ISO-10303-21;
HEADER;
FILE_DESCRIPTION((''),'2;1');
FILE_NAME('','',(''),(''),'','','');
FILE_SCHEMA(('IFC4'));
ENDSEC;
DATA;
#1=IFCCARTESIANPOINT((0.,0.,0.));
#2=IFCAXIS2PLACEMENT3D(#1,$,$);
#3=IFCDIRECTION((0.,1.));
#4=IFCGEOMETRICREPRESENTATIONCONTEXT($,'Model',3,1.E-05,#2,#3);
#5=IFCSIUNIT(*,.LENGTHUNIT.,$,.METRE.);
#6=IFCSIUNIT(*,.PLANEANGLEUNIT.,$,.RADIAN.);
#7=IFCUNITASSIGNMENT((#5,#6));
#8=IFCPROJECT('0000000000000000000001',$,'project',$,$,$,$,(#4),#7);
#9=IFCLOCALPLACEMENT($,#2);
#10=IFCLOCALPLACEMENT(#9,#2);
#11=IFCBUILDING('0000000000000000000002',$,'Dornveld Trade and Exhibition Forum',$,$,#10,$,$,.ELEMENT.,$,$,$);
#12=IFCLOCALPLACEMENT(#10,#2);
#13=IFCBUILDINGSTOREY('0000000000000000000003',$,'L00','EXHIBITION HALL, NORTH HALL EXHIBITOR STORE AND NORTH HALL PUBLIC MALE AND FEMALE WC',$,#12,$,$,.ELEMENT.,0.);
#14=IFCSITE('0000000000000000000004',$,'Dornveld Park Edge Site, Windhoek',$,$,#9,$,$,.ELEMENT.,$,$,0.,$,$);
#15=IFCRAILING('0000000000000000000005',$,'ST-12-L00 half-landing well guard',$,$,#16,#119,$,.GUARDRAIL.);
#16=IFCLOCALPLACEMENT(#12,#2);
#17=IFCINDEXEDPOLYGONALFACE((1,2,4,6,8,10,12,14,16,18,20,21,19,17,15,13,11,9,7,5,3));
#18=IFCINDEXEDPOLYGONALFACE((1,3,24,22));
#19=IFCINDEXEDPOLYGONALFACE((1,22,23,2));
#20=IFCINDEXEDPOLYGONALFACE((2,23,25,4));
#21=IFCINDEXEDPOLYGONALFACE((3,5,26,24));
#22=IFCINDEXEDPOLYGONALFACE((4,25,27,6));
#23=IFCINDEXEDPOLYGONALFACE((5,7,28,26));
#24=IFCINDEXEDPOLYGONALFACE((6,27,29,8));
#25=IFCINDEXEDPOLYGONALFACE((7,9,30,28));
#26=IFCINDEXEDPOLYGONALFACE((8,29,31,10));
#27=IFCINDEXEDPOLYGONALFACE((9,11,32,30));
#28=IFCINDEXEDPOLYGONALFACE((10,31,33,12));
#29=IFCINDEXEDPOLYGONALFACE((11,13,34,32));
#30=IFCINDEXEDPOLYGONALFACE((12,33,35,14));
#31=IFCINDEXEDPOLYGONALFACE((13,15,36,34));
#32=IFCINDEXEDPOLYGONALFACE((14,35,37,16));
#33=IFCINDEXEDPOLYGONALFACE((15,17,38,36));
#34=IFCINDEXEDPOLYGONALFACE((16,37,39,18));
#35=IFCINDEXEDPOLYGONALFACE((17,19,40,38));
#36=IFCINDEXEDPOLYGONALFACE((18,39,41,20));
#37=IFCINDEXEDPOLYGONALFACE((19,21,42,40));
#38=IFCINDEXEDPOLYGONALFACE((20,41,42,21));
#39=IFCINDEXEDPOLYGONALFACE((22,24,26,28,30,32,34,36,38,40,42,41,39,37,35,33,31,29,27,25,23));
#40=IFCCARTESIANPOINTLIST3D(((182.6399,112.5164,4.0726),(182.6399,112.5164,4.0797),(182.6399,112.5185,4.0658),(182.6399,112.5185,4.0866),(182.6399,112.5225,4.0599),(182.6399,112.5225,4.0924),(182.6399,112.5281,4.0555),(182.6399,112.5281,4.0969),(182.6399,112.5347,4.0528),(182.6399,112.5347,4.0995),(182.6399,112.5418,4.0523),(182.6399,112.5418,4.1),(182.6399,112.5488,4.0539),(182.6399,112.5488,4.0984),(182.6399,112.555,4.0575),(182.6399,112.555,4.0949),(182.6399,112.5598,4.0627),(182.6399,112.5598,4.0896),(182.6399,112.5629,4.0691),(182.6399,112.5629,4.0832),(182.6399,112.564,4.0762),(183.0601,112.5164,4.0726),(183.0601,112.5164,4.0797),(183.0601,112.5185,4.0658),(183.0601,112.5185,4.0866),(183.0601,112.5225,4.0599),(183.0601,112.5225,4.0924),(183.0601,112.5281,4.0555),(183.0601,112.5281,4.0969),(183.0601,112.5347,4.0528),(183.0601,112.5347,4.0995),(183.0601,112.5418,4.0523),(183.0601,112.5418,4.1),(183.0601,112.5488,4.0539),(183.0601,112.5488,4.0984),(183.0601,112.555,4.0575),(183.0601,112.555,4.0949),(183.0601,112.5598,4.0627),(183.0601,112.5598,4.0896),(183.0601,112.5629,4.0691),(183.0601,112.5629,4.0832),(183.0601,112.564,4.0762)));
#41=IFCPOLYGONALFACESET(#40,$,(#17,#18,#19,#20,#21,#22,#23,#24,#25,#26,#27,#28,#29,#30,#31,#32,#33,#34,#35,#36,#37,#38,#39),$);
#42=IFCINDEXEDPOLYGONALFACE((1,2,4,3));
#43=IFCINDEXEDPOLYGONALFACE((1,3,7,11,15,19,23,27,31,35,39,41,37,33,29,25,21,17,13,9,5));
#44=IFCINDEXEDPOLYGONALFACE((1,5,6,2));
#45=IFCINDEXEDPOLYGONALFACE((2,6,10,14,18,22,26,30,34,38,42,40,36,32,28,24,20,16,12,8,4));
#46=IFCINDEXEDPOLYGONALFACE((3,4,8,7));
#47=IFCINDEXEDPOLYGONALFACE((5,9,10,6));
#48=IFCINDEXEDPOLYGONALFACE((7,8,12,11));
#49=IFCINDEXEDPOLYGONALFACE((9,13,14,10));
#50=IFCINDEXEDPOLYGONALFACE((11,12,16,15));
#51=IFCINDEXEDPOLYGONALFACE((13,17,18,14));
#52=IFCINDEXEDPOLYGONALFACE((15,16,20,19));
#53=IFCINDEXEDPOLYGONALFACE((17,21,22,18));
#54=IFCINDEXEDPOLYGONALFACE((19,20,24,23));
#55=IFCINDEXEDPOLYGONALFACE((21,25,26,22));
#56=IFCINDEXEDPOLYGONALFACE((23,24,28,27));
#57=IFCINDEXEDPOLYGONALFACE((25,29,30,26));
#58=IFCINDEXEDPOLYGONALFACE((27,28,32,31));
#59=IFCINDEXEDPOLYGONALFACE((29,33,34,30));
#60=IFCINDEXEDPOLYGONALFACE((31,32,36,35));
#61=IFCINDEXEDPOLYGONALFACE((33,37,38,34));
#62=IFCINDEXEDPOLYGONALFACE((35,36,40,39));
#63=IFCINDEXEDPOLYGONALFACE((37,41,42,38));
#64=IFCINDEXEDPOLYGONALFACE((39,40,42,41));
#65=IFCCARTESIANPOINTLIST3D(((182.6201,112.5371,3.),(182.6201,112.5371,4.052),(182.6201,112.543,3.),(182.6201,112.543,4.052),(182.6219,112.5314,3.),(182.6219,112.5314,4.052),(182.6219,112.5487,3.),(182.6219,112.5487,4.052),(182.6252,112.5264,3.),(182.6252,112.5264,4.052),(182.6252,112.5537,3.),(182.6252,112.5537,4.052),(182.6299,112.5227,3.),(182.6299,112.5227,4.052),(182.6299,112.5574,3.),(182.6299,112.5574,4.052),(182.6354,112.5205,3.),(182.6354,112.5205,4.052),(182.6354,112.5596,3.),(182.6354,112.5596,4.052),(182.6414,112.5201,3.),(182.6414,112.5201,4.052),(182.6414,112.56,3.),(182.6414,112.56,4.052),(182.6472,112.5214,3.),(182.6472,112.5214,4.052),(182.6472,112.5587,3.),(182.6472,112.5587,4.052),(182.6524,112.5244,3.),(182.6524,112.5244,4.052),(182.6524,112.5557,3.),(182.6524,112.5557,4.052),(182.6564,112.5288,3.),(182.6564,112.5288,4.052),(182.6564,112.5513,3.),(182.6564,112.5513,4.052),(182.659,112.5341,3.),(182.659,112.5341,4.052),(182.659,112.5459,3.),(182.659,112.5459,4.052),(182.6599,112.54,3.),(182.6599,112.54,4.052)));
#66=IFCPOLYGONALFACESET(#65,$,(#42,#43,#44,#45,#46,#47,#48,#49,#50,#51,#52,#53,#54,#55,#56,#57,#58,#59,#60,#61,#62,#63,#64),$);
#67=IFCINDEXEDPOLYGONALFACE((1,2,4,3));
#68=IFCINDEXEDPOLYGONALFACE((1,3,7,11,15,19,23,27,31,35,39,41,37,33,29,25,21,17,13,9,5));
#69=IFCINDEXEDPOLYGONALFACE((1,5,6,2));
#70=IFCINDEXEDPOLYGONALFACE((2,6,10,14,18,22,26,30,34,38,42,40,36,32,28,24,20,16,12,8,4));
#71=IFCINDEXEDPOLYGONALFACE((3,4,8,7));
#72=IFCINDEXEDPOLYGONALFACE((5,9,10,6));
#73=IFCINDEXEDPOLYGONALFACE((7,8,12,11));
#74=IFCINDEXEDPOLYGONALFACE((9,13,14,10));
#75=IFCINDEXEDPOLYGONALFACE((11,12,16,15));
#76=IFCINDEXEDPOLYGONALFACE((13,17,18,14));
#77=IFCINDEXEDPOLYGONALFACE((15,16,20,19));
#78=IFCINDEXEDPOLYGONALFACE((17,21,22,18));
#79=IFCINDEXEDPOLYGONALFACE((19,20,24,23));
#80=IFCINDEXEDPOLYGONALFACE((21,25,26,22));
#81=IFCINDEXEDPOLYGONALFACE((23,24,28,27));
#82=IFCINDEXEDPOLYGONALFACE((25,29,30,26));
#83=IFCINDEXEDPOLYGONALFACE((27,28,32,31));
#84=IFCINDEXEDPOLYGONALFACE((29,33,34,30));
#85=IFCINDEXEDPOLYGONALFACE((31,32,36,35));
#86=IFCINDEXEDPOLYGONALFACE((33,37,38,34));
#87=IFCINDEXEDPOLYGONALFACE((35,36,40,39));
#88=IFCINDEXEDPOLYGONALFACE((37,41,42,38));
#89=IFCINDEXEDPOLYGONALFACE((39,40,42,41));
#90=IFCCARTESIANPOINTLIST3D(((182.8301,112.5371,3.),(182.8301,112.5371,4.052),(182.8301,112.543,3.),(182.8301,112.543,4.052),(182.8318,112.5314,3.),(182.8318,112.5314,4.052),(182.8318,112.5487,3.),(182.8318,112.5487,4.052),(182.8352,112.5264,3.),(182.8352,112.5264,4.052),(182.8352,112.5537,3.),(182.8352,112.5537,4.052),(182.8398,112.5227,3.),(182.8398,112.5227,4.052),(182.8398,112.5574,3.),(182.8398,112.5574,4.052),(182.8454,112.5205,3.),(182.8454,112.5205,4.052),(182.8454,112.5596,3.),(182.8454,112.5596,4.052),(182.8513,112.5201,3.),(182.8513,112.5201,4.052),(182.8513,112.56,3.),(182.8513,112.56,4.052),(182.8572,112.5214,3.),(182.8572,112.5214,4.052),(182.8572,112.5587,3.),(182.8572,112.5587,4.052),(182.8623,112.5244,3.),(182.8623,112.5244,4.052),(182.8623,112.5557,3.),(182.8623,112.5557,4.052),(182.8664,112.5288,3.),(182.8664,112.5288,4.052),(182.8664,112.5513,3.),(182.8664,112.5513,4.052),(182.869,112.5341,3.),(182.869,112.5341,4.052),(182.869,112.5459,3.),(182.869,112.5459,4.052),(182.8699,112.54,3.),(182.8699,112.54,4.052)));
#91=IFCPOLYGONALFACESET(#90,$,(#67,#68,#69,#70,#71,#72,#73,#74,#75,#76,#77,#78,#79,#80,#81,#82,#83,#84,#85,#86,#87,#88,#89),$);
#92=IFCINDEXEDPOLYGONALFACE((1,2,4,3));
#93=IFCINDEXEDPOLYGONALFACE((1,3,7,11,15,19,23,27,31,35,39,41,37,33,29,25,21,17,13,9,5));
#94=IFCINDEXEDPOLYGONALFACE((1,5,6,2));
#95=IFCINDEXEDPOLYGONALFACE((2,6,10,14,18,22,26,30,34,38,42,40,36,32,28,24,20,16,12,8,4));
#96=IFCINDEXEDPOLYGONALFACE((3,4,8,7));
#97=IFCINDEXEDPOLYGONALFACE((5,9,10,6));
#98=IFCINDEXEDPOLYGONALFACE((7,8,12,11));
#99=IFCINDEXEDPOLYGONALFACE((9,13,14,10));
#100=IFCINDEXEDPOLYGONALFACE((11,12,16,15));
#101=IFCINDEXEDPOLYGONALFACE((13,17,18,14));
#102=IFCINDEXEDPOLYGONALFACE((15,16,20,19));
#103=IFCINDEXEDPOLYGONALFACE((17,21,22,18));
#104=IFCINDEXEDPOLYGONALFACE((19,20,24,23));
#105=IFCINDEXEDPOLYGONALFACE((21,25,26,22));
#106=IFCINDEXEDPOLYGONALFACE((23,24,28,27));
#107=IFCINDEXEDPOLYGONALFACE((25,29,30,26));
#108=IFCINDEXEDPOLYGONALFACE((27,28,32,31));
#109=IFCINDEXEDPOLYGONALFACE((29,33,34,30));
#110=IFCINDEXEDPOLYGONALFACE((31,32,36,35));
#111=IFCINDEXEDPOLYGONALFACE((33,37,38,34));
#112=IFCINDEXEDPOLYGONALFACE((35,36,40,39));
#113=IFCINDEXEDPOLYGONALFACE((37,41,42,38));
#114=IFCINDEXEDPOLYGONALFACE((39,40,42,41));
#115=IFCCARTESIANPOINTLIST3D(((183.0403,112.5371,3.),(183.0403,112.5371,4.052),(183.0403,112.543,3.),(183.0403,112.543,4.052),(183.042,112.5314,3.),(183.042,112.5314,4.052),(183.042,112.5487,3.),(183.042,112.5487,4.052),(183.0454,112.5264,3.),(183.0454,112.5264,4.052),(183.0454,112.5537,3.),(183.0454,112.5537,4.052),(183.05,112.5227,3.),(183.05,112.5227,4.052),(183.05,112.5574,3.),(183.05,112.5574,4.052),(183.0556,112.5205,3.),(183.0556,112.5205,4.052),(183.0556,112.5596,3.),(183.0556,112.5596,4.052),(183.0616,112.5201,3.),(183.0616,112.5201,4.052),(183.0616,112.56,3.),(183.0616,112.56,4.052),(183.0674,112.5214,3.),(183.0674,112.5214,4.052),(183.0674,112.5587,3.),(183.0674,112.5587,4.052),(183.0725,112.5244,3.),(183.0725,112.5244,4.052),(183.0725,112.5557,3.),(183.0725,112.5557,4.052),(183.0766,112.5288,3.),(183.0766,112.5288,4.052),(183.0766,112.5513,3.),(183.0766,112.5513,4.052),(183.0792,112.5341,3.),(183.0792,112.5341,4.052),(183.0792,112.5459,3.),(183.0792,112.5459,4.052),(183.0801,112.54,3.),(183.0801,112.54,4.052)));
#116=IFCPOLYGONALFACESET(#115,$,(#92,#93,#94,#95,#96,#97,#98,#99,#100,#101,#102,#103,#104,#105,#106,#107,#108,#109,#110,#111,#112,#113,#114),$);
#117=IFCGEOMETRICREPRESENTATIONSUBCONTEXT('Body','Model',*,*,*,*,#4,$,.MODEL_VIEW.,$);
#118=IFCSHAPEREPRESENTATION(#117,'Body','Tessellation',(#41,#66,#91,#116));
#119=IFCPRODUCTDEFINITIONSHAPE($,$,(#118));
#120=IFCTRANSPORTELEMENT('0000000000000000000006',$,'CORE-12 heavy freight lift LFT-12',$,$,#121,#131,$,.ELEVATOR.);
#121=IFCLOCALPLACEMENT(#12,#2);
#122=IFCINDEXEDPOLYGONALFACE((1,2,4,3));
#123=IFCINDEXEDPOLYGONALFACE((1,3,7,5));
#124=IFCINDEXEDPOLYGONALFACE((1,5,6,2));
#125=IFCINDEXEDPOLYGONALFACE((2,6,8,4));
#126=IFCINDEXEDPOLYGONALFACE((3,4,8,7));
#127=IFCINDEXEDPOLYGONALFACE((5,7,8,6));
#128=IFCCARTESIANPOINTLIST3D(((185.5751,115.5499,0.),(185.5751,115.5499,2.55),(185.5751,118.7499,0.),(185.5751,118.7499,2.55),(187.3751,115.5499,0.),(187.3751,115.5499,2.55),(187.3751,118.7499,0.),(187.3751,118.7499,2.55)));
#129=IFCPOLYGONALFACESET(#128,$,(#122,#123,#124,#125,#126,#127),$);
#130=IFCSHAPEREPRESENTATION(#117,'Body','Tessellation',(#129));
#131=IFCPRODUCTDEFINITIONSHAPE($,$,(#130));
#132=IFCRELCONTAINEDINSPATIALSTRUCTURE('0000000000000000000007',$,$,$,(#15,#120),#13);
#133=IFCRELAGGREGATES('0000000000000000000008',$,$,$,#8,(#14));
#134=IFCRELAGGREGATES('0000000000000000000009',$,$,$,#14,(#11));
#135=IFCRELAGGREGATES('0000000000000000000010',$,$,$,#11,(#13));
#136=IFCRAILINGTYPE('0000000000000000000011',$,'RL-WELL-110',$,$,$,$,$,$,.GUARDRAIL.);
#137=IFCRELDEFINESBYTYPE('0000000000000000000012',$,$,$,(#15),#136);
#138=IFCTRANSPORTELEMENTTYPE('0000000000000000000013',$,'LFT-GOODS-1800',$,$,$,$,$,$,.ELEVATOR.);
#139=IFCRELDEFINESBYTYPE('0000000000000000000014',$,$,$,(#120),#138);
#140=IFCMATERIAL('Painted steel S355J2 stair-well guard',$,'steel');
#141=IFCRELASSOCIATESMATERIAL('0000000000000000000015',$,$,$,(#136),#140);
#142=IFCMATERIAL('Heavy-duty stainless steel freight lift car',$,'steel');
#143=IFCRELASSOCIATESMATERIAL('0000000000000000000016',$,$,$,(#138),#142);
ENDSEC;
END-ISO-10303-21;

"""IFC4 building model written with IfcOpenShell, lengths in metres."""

from ifc_helpers import new_model, si_unit, direction, frame, origin, origin_2d, place, context, subcontext, project, spatial, rectangle, circle, extrude, material, type_object, element, save


model = new_model("IFC4")

# Units and contexts
model_context = context("Model", 3, precision=1e-05, world=origin(), true_north=direction((0.0, 1.0)))
body_context = subcontext(model_context, "Body", "Model", "MODEL_VIEW")
ifc_project = project(units=[si_unit("LENGTHUNIT", "METRE"), si_unit("PLANEANGLEUNIT", "RADIAN")], contexts=[model_context])

# Site, building, storey
site_placement = place(None, origin())
site = spatial("IfcSite", under=ifc_project, at=site_placement, Name="Dornveld Park Edge Site, Windhoek", CompositionType="ELEMENT", RefElevation=0.0)
building_placement = place(site_placement, origin())
building = spatial("IfcBuilding", under=site, at=building_placement, Name="Dornveld Trade and Exhibition Forum", CompositionType="ELEMENT")
storey_placement = place(building_placement, origin())
storey = spatial("IfcBuildingStorey", under=building, at=storey_placement, Name="L00", Description="EXHIBITION HALL, NORTH HALL EXHIBITOR STORE AND NORTH HALL PUBLIC MALE AND FEMALE WC", CompositionType="ELEMENT", Elevation=0.0)

# Railing
ifc_material_1 = material(Name="Painted steel S355J2 stair-well guard", Category="steel")
railing_type_1 = type_object("IfcRailingType", Name="RL-WELL-110", PredefinedType="GUARDRAIL", material=ifc_material_1)
railing_1_placement = place(storey_placement, frame((182.6399, 112.54, 3.0)))
element("IfcRailing", 1, at=railing_1_placement, inside=storey, type_object=railing_type_1, Name="ST-12-L00 half-landing well guard", PredefinedType="GUARDRAIL", context=body_context, shape_type="SweptSolid", body=[
    extrude(circle(Radius=0.0239, at=origin_2d()), frame((0.0, 0.0, 1.0762), z_axis=(1.0, 0.0, 0.0), x_axis=(0.0, 1.0, 0.0)), (0.0, 0.0, 1.0), 0.4202),
    extrude(circle(Radius=0.02, at=origin_2d()), origin(), (0.0, 0.0, 1.0), 1.052),
    extrude(circle(Radius=0.02, at=origin_2d()), frame((0.21, 0.0, 0.0)), (0.0, 0.0, 1.0), 1.052),
    extrude(circle(Radius=0.02, at=origin_2d()), frame((0.4202, 0.0, 0.0)), (0.0, 0.0, 1.0), 1.052),
])

# Transport element
ifc_material_2 = material(Name="Heavy-duty stainless steel freight lift car", Category="steel")
transport_element_type = type_object("IfcTransportElementType", Name="LFT-GOODS-1800", PredefinedType="ELEVATOR", material=ifc_material_2)
transport_element_placement = place(storey_placement, frame((186.4751, 117.1499, 0.0), z_axis=(0.0, 0.0, 1.0), x_axis=(1.0, 0.0, 0.0)))
element("IfcTransportElement", 2, at=transport_element_placement, inside=storey, type_object=transport_element_type, Name="CORE-12 heavy freight lift LFT-12", PredefinedType="ELEVATOR", context=body_context, shape_type="SweptSolid", body=[
    extrude(rectangle(XDim=1.8, YDim=3.2, at=origin_2d()), origin(), (0.0, 0.0, 1.0), 2.55),
])

save(model, "model.ifc")
